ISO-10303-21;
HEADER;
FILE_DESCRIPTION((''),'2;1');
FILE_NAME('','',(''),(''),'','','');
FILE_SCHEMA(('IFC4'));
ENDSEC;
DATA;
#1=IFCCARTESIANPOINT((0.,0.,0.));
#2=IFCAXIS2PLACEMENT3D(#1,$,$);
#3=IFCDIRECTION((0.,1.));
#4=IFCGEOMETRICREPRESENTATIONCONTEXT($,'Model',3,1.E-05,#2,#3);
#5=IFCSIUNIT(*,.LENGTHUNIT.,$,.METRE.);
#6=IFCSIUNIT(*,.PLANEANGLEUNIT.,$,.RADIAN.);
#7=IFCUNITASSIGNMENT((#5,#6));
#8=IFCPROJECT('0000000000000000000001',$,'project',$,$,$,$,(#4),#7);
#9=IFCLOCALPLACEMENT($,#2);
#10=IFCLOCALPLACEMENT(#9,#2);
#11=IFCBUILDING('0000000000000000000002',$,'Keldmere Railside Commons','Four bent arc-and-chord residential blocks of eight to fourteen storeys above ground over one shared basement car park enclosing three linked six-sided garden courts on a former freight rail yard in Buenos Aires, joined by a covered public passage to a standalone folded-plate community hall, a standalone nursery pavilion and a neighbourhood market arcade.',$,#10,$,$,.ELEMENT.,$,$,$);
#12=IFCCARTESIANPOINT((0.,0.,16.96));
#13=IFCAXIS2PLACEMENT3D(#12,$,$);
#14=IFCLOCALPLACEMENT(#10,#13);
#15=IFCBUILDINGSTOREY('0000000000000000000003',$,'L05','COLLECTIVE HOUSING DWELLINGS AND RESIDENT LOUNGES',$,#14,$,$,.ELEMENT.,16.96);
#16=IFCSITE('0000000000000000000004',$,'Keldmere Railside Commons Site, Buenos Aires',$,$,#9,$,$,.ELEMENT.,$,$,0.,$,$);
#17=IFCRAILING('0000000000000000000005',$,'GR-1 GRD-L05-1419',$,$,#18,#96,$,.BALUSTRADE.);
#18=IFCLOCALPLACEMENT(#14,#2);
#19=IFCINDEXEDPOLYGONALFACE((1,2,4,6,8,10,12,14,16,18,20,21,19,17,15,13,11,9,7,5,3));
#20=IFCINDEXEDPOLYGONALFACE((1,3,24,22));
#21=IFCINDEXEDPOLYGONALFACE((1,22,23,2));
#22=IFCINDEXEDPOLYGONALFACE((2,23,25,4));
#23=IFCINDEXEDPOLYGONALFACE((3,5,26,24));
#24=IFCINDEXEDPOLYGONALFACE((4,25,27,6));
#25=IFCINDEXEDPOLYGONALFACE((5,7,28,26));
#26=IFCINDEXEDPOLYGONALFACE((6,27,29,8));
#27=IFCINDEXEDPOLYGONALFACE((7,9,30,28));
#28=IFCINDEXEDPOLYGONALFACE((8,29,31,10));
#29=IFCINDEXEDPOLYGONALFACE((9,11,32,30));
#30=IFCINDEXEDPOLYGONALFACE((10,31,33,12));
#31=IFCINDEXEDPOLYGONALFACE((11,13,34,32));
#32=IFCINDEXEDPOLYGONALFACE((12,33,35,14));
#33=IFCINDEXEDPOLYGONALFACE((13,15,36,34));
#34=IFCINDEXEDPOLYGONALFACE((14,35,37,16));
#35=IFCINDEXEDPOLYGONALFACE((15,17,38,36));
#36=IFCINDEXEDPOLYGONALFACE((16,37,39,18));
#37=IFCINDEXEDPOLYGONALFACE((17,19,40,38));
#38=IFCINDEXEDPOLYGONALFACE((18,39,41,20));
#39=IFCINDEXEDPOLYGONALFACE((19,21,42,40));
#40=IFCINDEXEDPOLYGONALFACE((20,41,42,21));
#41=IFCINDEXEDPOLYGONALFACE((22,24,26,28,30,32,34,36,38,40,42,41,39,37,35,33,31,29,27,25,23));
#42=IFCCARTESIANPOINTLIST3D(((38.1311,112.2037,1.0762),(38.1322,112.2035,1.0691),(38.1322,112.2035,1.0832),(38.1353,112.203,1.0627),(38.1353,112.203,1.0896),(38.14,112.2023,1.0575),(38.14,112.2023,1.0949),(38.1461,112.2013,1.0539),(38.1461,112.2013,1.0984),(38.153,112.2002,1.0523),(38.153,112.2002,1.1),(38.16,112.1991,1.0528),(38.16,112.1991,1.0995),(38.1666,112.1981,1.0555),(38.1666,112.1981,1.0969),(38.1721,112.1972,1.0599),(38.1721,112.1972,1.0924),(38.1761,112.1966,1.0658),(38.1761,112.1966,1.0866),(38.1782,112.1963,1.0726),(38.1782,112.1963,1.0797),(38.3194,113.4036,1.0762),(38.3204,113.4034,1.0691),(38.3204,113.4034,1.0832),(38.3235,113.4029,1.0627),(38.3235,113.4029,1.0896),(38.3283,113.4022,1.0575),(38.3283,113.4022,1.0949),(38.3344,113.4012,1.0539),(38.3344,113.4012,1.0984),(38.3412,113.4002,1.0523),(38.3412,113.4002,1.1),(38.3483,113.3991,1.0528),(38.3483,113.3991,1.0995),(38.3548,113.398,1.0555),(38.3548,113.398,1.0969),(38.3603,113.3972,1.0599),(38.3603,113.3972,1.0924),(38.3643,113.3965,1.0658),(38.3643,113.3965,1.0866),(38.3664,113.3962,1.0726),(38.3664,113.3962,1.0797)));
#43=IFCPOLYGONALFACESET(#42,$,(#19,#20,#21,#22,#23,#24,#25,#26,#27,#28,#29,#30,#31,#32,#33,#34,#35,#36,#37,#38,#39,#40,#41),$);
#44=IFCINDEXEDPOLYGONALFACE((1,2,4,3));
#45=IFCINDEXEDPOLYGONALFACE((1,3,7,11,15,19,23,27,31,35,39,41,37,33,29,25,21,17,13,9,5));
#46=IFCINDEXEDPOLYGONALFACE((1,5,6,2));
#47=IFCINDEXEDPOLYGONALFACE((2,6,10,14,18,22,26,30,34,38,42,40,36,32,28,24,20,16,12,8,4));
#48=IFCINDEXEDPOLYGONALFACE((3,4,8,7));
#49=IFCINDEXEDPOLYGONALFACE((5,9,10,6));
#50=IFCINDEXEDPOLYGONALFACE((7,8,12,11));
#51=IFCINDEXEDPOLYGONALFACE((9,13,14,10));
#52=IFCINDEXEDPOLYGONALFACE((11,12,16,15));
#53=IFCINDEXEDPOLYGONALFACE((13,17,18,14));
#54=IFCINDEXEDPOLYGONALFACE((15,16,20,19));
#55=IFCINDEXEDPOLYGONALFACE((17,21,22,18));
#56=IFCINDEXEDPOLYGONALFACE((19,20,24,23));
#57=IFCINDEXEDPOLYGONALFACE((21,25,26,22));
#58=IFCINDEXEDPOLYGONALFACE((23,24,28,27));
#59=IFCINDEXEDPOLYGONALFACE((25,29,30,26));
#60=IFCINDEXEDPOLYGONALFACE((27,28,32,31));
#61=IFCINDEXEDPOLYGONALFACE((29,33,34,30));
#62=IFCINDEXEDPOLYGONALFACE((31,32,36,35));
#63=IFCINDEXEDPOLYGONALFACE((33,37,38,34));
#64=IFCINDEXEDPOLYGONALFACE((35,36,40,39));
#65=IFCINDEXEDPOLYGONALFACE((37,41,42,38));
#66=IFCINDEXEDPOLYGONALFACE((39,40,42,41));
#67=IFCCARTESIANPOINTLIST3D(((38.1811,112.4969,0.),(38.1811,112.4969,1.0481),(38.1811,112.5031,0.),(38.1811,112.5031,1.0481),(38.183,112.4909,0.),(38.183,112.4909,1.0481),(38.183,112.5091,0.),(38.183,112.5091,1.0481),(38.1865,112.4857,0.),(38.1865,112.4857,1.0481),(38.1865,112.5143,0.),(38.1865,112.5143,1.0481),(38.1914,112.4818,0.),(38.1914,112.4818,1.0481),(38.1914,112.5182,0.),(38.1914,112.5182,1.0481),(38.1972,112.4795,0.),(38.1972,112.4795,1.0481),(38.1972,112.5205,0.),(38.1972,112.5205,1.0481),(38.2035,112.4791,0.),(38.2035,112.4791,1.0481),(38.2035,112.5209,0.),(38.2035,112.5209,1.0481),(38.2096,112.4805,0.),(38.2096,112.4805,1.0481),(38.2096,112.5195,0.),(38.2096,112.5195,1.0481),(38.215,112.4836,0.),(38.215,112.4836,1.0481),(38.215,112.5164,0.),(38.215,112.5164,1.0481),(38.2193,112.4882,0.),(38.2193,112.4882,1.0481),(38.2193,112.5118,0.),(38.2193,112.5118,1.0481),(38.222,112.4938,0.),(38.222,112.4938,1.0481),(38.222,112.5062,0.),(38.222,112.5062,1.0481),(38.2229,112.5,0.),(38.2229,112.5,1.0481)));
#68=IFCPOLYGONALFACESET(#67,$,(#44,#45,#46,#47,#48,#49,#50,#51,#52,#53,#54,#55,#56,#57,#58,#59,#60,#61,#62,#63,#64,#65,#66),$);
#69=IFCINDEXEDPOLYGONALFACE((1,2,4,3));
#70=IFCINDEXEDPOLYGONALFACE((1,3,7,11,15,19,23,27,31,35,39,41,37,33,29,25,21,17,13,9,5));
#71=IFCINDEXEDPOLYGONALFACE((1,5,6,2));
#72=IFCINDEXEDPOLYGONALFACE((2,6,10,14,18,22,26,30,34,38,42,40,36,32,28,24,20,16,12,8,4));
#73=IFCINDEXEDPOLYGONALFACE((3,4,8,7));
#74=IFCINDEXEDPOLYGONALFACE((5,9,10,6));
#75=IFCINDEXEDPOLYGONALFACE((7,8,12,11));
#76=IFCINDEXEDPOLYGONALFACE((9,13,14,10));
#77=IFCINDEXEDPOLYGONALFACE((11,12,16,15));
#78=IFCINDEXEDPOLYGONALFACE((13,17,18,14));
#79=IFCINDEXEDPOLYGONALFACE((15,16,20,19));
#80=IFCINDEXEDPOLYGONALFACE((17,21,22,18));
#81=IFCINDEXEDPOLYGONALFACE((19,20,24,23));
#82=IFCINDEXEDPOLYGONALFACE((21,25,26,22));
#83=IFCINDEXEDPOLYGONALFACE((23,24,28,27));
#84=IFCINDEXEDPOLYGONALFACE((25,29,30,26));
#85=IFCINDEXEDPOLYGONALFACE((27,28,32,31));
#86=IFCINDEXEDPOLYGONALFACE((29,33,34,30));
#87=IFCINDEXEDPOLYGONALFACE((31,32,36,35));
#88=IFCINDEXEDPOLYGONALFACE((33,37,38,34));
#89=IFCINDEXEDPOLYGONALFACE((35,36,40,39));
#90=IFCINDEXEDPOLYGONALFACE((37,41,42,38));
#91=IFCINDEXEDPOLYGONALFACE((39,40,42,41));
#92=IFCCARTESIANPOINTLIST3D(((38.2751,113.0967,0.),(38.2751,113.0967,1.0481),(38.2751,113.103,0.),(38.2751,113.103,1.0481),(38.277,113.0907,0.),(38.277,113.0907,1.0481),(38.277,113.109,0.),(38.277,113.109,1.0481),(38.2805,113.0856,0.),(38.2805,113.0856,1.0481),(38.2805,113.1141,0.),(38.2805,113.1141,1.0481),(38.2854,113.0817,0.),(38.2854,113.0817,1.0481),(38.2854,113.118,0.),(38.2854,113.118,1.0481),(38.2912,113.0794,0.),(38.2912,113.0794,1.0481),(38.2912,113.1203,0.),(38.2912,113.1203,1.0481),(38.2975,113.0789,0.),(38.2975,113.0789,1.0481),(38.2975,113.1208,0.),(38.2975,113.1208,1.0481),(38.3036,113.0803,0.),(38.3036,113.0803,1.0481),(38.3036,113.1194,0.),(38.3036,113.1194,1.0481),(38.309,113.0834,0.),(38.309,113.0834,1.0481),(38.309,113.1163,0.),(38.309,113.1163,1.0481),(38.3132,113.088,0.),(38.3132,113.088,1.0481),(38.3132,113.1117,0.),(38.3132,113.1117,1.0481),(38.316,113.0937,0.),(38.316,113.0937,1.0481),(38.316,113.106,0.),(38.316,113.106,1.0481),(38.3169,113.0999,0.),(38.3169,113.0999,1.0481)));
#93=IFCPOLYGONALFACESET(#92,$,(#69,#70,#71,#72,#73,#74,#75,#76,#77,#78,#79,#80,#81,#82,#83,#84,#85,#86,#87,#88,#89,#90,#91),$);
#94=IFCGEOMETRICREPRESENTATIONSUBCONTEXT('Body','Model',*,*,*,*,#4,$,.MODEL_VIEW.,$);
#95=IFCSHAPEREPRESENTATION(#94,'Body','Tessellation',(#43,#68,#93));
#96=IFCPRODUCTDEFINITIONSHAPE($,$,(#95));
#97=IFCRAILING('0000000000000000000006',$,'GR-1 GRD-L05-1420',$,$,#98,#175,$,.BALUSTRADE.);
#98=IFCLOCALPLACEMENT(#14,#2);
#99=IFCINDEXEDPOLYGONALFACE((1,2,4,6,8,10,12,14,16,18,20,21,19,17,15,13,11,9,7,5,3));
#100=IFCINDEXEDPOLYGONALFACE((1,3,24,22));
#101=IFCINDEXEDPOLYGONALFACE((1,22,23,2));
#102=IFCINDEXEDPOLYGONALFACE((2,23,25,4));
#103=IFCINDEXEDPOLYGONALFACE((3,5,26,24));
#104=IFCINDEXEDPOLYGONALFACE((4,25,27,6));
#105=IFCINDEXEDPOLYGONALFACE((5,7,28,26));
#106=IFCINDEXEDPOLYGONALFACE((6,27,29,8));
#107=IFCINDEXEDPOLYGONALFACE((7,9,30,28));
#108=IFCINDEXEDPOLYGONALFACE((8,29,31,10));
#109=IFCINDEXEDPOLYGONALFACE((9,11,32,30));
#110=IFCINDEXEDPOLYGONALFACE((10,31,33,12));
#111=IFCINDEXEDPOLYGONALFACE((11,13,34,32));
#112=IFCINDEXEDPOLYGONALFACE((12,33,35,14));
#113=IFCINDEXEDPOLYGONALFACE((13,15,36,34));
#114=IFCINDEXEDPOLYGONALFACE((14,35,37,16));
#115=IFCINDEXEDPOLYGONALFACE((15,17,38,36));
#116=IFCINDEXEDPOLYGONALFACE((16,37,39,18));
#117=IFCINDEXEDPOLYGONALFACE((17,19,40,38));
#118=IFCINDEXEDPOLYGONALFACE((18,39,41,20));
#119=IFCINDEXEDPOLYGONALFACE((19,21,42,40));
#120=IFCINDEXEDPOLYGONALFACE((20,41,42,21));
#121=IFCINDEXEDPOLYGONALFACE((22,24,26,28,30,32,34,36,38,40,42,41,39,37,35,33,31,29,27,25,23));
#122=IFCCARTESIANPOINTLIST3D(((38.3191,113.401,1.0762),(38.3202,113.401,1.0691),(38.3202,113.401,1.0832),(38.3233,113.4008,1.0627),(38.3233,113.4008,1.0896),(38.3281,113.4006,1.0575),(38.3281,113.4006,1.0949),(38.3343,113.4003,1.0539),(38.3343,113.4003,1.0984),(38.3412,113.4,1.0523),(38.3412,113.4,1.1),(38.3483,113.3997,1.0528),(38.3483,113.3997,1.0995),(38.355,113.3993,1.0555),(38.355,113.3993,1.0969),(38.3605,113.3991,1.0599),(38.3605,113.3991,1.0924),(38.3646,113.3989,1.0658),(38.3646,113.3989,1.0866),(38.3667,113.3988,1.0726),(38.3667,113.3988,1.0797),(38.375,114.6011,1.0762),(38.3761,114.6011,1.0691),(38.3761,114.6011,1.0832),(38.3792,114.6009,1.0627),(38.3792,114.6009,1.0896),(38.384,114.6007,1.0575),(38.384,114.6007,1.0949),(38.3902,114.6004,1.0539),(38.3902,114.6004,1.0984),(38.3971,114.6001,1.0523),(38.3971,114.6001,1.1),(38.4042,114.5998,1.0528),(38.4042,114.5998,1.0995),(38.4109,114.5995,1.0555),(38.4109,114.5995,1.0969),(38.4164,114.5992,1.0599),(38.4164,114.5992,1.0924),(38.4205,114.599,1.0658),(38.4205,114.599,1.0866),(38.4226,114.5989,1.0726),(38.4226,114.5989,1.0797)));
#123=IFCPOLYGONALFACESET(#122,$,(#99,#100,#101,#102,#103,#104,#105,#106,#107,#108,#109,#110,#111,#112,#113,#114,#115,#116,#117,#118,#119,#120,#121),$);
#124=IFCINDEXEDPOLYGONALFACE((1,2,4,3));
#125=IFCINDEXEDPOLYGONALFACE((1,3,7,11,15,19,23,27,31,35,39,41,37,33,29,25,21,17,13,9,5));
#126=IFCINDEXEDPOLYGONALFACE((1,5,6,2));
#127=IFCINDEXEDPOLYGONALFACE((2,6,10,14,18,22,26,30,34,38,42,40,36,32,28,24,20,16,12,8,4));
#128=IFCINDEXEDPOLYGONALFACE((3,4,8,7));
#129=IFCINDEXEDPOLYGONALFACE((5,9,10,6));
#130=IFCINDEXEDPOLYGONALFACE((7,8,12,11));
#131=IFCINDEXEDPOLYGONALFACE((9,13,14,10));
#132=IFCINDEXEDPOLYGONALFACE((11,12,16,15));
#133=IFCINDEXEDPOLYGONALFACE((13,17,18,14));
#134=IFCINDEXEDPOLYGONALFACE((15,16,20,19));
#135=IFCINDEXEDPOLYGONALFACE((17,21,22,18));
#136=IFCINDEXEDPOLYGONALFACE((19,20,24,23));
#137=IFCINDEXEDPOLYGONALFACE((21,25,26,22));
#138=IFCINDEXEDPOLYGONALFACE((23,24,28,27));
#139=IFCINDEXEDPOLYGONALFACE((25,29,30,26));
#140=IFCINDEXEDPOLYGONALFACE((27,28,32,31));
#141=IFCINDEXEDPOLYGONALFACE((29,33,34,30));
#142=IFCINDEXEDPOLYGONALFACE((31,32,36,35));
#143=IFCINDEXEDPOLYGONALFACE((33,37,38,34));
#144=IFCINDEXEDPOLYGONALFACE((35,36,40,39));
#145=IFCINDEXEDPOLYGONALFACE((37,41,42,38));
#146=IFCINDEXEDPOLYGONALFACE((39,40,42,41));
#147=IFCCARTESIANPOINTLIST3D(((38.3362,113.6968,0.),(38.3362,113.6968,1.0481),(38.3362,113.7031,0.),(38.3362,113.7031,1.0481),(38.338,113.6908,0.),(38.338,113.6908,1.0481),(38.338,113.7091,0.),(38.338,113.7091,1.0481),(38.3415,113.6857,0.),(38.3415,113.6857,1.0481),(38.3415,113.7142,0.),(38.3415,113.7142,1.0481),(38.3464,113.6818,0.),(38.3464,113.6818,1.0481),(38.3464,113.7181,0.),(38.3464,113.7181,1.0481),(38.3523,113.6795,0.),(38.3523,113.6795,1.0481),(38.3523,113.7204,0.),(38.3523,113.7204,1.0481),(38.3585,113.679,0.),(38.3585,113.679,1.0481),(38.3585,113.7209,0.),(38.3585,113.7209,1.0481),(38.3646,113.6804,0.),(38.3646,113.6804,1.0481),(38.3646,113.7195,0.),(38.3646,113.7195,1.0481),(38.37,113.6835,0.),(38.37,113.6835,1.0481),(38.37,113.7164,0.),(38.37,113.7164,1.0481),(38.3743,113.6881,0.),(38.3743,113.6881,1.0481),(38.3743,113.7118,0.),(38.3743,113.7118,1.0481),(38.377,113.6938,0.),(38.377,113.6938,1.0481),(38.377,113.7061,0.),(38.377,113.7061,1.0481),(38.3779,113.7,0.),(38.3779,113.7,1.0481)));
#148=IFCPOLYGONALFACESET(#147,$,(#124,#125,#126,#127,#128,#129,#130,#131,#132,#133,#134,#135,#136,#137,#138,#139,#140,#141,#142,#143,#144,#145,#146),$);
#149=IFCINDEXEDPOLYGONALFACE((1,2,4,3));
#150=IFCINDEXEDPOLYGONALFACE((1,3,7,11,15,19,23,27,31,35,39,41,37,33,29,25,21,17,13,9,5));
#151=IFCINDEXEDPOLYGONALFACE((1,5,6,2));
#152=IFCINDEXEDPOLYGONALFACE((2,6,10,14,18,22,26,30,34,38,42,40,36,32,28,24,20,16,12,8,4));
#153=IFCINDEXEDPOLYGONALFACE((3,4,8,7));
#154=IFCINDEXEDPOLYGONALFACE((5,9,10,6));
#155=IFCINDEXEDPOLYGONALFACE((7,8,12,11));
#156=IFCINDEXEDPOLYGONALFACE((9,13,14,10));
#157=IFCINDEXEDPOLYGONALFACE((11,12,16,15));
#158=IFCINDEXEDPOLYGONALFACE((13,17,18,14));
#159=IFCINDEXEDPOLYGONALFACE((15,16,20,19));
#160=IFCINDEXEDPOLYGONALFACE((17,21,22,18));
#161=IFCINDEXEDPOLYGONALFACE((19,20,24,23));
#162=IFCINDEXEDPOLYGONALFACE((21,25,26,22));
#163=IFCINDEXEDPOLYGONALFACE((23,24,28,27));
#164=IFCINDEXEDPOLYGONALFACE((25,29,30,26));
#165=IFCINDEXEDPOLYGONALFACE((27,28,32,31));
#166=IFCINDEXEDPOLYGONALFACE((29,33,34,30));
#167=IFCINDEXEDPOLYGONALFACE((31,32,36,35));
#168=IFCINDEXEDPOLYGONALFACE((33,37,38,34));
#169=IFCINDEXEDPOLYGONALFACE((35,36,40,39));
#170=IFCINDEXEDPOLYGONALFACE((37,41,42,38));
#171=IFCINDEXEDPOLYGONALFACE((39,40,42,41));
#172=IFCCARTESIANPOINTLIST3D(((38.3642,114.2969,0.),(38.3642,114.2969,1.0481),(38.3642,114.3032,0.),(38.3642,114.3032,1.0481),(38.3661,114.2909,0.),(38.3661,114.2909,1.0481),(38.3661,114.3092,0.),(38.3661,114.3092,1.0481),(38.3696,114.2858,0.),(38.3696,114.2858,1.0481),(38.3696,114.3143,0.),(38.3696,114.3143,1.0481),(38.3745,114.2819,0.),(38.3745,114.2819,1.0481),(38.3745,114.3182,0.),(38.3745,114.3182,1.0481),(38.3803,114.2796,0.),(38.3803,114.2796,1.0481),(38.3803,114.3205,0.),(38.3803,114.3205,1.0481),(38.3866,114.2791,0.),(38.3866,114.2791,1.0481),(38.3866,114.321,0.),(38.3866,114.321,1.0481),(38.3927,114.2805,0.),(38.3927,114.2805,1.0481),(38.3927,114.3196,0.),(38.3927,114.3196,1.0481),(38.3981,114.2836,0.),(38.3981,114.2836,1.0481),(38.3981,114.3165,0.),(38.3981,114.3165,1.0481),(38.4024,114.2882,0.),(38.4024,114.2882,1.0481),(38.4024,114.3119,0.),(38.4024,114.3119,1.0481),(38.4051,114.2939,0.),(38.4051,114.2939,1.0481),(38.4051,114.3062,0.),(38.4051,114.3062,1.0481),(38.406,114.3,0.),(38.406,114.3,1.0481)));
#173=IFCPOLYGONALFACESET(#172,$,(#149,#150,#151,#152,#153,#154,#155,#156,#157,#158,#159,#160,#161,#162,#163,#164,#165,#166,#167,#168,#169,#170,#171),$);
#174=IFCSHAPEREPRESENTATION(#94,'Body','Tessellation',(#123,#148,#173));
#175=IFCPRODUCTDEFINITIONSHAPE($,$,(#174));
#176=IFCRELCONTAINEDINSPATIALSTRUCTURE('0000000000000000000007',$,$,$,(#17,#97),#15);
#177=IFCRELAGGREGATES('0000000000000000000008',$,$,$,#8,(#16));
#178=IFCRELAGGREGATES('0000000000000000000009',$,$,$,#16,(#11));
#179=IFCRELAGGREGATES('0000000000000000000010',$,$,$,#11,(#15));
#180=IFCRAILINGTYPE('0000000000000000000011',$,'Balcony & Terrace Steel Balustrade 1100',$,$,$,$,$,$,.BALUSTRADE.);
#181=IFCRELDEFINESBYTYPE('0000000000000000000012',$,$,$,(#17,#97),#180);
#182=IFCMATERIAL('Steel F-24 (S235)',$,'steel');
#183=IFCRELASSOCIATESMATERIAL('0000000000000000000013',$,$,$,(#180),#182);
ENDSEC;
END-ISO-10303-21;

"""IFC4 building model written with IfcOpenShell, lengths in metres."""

from ifc_helpers import new_model, si_unit, direction, frame, origin, origin_2d, place, context, subcontext, project, spatial, circle, extrude, material, type_object, element, save


model = new_model("IFC4")

# Units and contexts
model_context = context("Model", 3, precision=1e-05, world=origin(), true_north=direction((0.0, 1.0)))
body_context = subcontext(model_context, "Body", "Model", "MODEL_VIEW")
ifc_project = project(units=[si_unit("LENGTHUNIT", "METRE"), si_unit("PLANEANGLEUNIT", "RADIAN")], contexts=[model_context])

# Site, building, storey
site_placement = place(None, origin())
site = spatial("IfcSite", under=ifc_project, at=site_placement, Name="Keldmere Railside Commons Site, Buenos Aires", CompositionType="ELEMENT", RefElevation=0.0)
building_placement = place(site_placement, origin())
building = spatial("IfcBuilding", under=site, at=building_placement, Name="Keldmere Railside Commons", Description="Four bent arc-and-chord residential blocks of eight to fourteen storeys above ground over one shared basement car park enclosing three linked six-sided garden courts on a former freight rail yard in Buenos Aires, joined by a covered public passage to a standalone folded-plate community hall, a standalone nursery pavilion and a neighbourhood market arcade.", CompositionType="ELEMENT")
storey_placement = place(building_placement, frame((0.0, 0.0, 16.96)))
storey = spatial("IfcBuildingStorey", under=building, at=storey_placement, Name="L05", Description="COLLECTIVE HOUSING DWELLINGS AND RESIDENT LOUNGES", CompositionType="ELEMENT", Elevation=16.96)

# Railings
ifc_material_1 = material(Name="Steel F-24 (S235)", Category="steel")
railing_type = type_object("IfcRailingType", Name="Balcony & Terrace Steel Balustrade 1100", PredefinedType="BALUSTRADE", material=ifc_material_1)
railing_1_placement = place(storey_placement, frame((38.1548, 112.2, 0.0)))
element("IfcRailing", 1, at=railing_1_placement, inside=storey, type_object=railing_type, Name="GR-1 GRD-L05-1419", PredefinedType="BALUSTRADE", context=body_context, shape_type="SweptSolid", body=[
    extrude(circle(Radius=0.0239, at=origin_2d()), frame((0.0, 0.0, 1.0762), z_axis=(0.154972, 0.987919, 0.0), x_axis=(-0.987919, 0.154972, 0.0)), (0.0, 0.0, 1.0), 1.2146),
    extrude(circle(Radius=0.021, at=origin_2d()), frame((0.0471, 0.3, 0.0)), (0.0, 0.0, 1.0), 1.0481),
    extrude(circle(Radius=0.021, at=origin_2d()), frame((0.1411, 0.8999, 0.0)), (0.0, 0.0, 1.0), 1.0481),
])
railing_2_placement = place(storey_placement, frame((38.343, 113.3999, 0.0)))
element("IfcRailing", 2, at=railing_2_placement, inside=storey, type_object=railing_type, Name="GR-1 GRD-L05-1420", PredefinedType="BALUSTRADE", context=body_context, shape_type="SweptSolid", body=[
    extrude(circle(Radius=0.0239, at=origin_2d()), frame((0.0, 0.0, 1.0762), z_axis=(0.046532, 0.998917, 0.0), x_axis=(-0.998917, 0.046532, 0.0)), (0.0, 0.0, 1.0), 1.2014),
    extrude(circle(Radius=0.021, at=origin_2d()), frame((0.0139, 0.3, 0.0)), (0.0, 0.0, 1.0), 1.0481),
    extrude(circle(Radius=0.021, at=origin_2d()), frame((0.042, 0.9001, 0.0)), (0.0, 0.0, 1.0), 1.0481),
])

save(model, "model.ifc")
